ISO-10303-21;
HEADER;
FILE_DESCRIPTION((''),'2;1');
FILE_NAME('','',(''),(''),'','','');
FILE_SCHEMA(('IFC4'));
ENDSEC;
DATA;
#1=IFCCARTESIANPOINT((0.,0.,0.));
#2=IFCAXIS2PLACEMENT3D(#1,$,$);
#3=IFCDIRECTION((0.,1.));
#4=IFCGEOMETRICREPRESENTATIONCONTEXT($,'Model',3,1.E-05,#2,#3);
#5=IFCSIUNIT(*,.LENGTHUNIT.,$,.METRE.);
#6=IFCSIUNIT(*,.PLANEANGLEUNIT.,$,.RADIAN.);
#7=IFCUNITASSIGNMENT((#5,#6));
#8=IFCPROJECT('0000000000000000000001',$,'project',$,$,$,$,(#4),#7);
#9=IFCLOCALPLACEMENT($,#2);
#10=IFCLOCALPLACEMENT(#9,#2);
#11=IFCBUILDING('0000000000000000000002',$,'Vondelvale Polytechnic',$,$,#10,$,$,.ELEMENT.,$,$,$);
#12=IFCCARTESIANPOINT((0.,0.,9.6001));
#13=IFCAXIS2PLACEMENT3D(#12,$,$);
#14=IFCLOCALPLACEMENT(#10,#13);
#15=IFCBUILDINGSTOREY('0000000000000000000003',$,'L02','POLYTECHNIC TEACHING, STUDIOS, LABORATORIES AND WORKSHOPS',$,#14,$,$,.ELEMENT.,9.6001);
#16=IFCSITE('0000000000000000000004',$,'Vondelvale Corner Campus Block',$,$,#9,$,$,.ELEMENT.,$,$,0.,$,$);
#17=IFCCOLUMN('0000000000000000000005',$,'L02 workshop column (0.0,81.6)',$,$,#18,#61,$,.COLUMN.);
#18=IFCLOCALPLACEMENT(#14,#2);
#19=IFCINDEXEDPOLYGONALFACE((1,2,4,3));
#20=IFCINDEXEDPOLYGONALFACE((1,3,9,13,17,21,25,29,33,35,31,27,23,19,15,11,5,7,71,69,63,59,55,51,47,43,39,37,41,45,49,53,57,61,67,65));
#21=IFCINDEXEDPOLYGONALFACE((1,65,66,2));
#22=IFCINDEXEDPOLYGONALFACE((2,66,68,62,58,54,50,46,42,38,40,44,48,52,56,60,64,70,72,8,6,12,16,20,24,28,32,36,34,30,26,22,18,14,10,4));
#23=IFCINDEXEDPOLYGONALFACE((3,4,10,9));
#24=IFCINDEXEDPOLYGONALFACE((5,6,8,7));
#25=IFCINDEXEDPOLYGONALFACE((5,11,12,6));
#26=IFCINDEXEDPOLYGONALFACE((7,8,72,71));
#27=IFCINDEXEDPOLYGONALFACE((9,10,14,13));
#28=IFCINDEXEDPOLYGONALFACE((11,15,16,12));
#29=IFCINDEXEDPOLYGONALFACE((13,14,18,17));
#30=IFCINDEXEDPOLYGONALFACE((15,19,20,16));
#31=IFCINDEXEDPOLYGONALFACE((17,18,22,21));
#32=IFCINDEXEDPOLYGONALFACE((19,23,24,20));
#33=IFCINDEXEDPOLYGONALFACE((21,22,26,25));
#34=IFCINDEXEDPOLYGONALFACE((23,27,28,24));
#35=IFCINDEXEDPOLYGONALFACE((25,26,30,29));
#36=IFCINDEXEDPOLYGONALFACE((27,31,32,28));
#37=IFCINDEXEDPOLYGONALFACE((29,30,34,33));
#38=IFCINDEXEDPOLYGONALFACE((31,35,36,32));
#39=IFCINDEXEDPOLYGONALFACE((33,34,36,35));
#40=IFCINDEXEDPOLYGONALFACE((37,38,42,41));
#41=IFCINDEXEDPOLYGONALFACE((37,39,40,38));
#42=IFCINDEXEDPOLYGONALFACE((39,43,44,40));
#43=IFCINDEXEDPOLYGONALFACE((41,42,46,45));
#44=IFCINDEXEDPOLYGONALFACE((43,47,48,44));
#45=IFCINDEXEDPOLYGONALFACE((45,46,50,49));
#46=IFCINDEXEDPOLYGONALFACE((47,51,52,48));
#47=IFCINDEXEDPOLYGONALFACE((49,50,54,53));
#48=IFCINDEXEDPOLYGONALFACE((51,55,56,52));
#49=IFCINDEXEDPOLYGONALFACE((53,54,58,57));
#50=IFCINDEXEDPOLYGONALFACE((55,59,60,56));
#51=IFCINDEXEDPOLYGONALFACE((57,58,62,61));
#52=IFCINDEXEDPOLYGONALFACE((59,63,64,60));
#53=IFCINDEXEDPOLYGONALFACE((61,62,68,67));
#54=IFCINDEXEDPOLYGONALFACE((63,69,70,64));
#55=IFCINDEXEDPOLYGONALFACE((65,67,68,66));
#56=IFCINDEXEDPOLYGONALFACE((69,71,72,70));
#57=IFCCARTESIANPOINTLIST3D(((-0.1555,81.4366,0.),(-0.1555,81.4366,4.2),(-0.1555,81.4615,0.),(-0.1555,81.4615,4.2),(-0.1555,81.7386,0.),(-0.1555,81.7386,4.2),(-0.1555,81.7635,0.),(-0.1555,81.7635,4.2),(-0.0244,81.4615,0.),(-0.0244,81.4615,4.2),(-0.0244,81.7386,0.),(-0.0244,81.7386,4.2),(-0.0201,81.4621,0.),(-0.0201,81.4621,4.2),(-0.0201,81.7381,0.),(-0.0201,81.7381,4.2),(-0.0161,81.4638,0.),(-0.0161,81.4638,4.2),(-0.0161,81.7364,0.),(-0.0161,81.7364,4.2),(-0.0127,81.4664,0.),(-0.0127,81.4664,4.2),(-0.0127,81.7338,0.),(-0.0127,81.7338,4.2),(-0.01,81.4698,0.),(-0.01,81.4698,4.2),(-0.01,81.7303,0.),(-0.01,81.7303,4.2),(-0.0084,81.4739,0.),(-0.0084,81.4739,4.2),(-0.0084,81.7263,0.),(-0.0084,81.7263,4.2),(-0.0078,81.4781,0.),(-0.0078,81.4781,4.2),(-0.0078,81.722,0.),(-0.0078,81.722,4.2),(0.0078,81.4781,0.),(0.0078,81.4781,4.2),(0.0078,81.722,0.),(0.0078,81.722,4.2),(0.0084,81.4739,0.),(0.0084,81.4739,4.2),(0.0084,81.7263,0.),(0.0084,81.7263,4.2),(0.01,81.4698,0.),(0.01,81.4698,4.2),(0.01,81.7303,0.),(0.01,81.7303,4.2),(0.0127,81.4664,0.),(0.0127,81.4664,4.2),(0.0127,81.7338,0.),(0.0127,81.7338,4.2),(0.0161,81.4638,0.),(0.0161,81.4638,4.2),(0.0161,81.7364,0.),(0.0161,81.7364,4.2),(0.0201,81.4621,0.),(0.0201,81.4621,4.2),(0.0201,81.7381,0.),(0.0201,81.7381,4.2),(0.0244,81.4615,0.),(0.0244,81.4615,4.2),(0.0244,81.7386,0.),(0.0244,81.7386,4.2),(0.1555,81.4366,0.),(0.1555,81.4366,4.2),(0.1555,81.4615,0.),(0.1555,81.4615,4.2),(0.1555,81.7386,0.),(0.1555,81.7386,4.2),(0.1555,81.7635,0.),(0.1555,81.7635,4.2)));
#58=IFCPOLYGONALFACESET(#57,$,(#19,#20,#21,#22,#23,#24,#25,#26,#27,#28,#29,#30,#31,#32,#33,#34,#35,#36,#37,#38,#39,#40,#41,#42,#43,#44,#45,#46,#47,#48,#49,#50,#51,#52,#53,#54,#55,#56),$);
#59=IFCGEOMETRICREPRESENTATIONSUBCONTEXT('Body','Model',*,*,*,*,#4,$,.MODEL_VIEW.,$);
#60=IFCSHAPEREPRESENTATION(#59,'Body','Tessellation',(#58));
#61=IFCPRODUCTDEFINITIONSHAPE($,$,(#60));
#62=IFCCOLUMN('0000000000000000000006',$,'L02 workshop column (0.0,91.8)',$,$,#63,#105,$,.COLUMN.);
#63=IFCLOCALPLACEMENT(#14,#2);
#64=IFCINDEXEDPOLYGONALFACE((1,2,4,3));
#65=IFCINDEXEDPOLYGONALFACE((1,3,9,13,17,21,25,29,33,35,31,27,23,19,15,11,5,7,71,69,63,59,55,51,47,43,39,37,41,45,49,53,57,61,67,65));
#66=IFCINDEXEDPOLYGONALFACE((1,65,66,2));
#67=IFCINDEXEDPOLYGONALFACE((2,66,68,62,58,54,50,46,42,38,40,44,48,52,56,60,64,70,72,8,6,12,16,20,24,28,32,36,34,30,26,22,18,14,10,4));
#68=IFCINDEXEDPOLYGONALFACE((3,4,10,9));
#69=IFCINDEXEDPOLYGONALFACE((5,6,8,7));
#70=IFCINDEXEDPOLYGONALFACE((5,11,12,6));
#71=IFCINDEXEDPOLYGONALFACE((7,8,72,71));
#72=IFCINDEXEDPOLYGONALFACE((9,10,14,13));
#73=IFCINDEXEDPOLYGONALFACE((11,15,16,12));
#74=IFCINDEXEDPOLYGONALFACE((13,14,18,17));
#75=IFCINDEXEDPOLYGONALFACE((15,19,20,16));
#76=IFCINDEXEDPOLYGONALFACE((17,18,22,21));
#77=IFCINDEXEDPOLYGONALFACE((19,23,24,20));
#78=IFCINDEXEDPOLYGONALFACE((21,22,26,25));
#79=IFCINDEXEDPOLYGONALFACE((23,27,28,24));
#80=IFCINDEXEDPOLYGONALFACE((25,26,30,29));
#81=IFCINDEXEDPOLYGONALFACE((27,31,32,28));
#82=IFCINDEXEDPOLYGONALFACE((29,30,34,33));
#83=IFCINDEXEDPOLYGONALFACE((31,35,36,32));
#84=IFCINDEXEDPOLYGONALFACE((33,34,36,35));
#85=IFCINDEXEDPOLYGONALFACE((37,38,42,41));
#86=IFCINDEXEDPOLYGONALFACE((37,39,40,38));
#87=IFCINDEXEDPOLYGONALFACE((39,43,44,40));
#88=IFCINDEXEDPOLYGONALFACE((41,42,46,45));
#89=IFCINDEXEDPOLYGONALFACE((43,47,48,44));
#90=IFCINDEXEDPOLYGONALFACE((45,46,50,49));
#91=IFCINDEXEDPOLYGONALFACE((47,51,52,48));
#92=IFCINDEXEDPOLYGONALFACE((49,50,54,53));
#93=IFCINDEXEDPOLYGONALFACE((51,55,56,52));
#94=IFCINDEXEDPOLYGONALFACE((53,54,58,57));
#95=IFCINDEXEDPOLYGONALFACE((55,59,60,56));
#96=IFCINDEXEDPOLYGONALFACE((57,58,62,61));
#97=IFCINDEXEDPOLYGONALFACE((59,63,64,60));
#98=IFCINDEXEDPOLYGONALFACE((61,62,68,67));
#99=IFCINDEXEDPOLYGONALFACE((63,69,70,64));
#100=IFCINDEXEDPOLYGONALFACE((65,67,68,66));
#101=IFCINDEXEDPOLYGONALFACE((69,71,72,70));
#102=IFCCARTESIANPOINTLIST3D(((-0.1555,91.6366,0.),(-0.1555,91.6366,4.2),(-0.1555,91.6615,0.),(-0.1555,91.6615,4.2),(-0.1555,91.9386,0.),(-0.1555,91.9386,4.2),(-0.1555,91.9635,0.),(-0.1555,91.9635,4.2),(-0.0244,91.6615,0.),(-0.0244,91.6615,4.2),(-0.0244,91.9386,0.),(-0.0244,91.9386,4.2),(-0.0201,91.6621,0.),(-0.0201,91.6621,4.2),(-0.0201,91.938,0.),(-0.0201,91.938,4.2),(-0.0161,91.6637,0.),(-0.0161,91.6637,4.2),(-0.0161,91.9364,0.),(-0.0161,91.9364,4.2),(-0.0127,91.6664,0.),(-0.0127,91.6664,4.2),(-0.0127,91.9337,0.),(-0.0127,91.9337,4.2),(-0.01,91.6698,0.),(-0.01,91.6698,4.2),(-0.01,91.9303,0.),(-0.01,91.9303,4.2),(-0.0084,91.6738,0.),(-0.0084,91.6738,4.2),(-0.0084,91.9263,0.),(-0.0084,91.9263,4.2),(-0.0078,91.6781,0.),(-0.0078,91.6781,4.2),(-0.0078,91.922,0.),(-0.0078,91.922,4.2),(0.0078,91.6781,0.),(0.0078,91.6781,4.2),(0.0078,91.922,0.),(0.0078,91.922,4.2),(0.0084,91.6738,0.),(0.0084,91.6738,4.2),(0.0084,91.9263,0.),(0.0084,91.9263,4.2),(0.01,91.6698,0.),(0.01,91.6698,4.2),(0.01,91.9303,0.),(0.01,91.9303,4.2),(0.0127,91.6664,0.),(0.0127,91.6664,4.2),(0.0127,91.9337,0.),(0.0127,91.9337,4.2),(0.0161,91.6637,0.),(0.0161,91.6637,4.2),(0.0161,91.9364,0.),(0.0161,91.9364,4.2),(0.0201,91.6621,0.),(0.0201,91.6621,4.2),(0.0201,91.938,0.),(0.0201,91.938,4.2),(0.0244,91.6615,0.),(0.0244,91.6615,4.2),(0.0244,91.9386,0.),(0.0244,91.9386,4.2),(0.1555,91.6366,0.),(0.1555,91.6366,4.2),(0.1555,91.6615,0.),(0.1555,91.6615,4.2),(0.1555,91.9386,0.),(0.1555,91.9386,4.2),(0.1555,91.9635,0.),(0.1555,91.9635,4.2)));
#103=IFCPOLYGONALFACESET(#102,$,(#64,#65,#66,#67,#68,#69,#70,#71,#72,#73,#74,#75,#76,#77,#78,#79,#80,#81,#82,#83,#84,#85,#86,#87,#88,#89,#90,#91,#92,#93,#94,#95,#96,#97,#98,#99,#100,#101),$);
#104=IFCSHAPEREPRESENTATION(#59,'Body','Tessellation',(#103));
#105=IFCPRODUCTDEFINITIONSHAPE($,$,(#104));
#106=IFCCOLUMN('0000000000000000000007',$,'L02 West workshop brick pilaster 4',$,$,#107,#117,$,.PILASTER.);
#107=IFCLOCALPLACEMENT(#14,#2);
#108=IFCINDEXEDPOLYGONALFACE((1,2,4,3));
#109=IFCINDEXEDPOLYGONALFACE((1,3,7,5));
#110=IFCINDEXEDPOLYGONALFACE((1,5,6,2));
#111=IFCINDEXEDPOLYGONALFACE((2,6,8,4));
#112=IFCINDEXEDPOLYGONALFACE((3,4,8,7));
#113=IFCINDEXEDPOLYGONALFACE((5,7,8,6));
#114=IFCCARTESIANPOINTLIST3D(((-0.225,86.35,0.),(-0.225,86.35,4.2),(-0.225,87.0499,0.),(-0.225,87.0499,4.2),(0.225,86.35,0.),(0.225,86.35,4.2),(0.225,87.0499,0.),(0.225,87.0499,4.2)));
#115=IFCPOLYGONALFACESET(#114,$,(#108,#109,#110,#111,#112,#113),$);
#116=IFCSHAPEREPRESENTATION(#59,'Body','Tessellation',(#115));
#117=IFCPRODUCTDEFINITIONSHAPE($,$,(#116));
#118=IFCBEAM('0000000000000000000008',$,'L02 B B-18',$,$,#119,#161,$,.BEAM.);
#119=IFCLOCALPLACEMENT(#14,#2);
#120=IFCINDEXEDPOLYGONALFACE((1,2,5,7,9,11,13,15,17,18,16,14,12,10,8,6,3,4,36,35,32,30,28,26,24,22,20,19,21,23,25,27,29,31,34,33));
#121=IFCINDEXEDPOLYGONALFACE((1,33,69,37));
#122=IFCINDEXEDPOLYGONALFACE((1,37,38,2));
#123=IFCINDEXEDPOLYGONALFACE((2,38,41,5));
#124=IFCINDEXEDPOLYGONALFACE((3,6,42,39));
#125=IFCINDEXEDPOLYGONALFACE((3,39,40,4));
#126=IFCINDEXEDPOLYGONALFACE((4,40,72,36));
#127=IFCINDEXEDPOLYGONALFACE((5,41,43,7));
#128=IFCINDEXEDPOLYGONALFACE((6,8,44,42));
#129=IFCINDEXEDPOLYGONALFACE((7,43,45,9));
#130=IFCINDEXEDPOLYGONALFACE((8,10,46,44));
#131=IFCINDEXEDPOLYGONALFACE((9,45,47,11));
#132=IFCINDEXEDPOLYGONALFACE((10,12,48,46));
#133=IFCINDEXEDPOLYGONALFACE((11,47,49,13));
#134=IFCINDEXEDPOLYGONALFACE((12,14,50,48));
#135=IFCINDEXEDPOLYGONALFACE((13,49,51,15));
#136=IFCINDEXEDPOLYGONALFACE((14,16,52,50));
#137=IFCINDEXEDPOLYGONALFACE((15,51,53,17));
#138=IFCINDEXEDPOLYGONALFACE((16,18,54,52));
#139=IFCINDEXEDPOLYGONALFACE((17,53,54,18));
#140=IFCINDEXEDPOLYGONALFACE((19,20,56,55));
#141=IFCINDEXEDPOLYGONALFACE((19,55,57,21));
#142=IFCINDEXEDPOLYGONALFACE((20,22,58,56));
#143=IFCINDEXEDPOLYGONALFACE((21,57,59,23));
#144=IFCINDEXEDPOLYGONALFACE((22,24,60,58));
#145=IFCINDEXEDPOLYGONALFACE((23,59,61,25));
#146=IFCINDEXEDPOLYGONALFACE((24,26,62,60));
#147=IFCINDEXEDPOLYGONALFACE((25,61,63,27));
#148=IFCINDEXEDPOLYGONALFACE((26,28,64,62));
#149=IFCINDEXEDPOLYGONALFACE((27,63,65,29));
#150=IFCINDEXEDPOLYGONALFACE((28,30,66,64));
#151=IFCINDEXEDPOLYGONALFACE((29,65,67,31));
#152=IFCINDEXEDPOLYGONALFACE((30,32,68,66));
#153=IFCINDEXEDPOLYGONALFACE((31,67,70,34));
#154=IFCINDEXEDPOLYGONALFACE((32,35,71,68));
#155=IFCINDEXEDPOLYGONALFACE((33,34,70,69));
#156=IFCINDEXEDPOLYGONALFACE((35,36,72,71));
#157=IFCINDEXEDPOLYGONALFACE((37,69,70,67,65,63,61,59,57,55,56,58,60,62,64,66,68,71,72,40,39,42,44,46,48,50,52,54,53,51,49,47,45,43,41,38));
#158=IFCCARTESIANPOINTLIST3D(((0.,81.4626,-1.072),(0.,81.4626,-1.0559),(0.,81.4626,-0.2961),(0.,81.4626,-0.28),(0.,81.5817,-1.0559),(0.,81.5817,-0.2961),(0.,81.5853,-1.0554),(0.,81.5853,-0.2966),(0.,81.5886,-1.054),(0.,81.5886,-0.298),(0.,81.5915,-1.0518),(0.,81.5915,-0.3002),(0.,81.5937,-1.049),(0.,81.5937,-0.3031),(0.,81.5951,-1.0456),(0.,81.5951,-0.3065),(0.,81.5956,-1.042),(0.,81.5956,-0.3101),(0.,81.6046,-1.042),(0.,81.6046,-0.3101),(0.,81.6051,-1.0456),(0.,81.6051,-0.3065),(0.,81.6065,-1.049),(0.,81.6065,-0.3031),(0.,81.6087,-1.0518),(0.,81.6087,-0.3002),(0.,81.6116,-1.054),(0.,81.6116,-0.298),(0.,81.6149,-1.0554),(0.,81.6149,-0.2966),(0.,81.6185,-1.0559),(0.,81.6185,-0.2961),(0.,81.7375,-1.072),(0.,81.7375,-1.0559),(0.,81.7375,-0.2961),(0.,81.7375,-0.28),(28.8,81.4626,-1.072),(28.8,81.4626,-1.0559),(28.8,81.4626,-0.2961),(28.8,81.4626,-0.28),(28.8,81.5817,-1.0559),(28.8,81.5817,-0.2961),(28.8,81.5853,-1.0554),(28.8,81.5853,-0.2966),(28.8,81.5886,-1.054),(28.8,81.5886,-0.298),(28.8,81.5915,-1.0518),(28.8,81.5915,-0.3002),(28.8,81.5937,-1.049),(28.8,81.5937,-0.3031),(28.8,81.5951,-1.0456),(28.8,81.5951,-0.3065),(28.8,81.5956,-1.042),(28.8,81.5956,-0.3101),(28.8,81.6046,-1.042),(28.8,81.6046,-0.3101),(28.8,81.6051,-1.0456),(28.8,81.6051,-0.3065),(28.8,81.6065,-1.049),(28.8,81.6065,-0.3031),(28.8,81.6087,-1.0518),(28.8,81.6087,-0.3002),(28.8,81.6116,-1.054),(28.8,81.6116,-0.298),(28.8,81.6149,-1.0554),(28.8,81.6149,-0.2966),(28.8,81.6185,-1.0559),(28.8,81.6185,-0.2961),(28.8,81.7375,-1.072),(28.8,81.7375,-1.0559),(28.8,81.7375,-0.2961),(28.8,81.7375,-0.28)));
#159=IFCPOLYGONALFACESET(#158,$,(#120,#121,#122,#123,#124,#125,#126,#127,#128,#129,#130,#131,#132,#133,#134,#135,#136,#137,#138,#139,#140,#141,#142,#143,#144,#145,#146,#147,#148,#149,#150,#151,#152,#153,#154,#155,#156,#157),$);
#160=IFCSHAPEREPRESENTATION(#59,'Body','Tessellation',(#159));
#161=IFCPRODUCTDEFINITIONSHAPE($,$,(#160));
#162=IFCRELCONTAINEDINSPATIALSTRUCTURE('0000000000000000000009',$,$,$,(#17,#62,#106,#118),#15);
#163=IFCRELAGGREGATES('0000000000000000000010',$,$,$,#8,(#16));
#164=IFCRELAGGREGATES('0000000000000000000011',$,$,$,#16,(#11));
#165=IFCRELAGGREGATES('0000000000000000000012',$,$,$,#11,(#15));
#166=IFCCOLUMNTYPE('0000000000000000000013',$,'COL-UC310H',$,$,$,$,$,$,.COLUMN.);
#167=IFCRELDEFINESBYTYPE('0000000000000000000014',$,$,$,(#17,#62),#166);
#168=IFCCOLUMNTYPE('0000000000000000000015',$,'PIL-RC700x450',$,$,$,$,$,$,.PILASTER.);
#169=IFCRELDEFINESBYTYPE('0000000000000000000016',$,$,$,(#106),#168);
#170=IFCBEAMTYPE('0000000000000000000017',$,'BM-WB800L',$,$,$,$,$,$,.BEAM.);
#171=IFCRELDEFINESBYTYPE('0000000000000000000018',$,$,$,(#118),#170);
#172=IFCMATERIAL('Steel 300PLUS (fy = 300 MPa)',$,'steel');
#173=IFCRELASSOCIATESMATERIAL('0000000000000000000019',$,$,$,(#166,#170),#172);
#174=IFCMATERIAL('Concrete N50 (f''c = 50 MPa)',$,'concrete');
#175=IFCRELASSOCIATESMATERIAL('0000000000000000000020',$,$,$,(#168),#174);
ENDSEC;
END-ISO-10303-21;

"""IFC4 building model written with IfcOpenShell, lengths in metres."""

from ifc_helpers import new_model, si_unit, direction, frame, origin, origin_2d, place, context, subcontext, project, spatial, rectangle, i_section, extrude, material, material_profile, profile_set, type_object, element, save


model = new_model("IFC4")

# Units and contexts
model_context = context("Model", 3, precision=1e-05, world=origin(), true_north=direction((0.0, 1.0)))
body_context = subcontext(model_context, "Body", "Model", "MODEL_VIEW")
ifc_project = project(units=[si_unit("LENGTHUNIT", "METRE"), si_unit("PLANEANGLEUNIT", "RADIAN")], contexts=[model_context])

# Site, building, storey
site_placement = place(None, origin())
site = spatial("IfcSite", under=ifc_project, at=site_placement, Name="Vondelvale Corner Campus Block", CompositionType="ELEMENT", RefElevation=0.0)
building_placement = place(site_placement, origin())
building = spatial("IfcBuilding", under=site, at=building_placement, Name="Vondelvale Polytechnic", CompositionType="ELEMENT")
storey_placement = place(building_placement, frame((0.0, 0.0, 9.6001)))
storey = spatial("IfcBuildingStorey", under=building, at=storey_placement, Name="L02", Description="POLYTECHNIC TEACHING, STUDIOS, LABORATORIES AND WORKSHOPS", CompositionType="ELEMENT", Elevation=9.6001)

# Columns
ifc_material_1 = material(Name="Steel 300PLUS (fy = 300 MPa)", Category="steel")
ifc_material_profile_1 = material_profile(ifc_material_1, i_section(OverallWidth=0.311, OverallDepth=0.3269, WebThickness=0.0156, FlangeThickness=0.0249, FilletRadius=0.0166, at=origin_2d()), Name="310UC158")
ifc_profile_set_1 = profile_set([ifc_material_profile_1], Name="Steel 300PLUS (fy = 300 MPa)")
column_type_1 = type_object("IfcColumnType", Name="COL-UC310H", PredefinedType="COLUMN", material=ifc_profile_set_1)
for number, where, z_axis, x_axis, name in (
    (1, (0.0, 81.6001, 0.0), (0.0, 0.0, 1.0), (1.0, 0.0, 0.0), "L02 workshop column (0.0,81.6)"),
    (2, (0.0, 91.8, 0.0), (0.0, 0.0, 1.0), (1.0, 0.0, 0.0), "L02 workshop column (0.0,91.8)"),
):
    element("IfcColumn", number, at=place(storey_placement, frame(where, z_axis=z_axis, x_axis=x_axis)), inside=storey, type_object=column_type_1, Name=name, PredefinedType="COLUMN", context=body_context, shape_type="SweptSolid", body=[
        extrude(i_section(OverallWidth=0.311, OverallDepth=0.3269, WebThickness=0.0156, FlangeThickness=0.0249, FilletRadius=0.0166, at=origin_2d()), origin(), (0.0, 0.0, 1.0), 4.2),
    ])
ifc_material_2 = material(Name="Concrete N50 (f'c = 50 MPa)", Category="concrete")
ifc_material_profile_2 = material_profile(ifc_material_2, rectangle(XDim=0.45, YDim=0.7, at=origin_2d()), Name="RC-PIL-700x450")
ifc_profile_set_2 = profile_set([ifc_material_profile_2], Name="Concrete N50 (f'c = 50 MPa)")
column_type_2 = type_object("IfcColumnType", Name="PIL-RC700x450", PredefinedType="PILASTER", material=ifc_profile_set_2)
column_placement = place(storey_placement, frame((0.0, 86.7, 0.0), z_axis=(0.0, 0.0, 1.0), x_axis=(1.0, 0.0, 0.0)))
element("IfcColumn", 3, at=column_placement, inside=storey, type_object=column_type_2, Name="L02 West workshop brick pilaster 4", PredefinedType="PILASTER", context=body_context, shape_type="SweptSolid", body=[
    extrude(rectangle(XDim=0.45, YDim=0.7, at=origin_2d()), origin(), (0.0, 0.0, 1.0), 4.2),
])

# Beam
ifc_material_profile_3 = material_profile(ifc_material_1, i_section(OverallWidth=0.2749, OverallDepth=0.792, WebThickness=0.009, FlangeThickness=0.0161, FilletRadius=0.0139, at=origin_2d()), Name="800WB146")
ifc_profile_set_3 = profile_set([ifc_material_profile_3], Name="Steel 300PLUS (fy = 300 MPa)")
beam_type_1 = type_object("IfcBeamType", Name="BM-WB800L", PredefinedType="BEAM", material=ifc_profile_set_3)
for number, where, z_axis, x_axis, name in (
    (4, (0.0, 81.6001, -0.676), (1.0, 0.0, 0.0), (0.0, 1.0, 0.0), "L02 B B-18"),
):
    element("IfcBeam", number, at=place(storey_placement, frame(where, z_axis=z_axis, x_axis=x_axis)), inside=storey, type_object=beam_type_1, Name=name, PredefinedType="BEAM", context=body_context, shape_type="SweptSolid", body=[
        extrude(i_section(OverallWidth=0.2749, OverallDepth=0.792, WebThickness=0.009, FlangeThickness=0.0161, FilletRadius=0.0139, at=origin_2d()), origin(), (0.0, 0.0, 1.0), 28.8),
    ])

save(model, "model.ifc")
